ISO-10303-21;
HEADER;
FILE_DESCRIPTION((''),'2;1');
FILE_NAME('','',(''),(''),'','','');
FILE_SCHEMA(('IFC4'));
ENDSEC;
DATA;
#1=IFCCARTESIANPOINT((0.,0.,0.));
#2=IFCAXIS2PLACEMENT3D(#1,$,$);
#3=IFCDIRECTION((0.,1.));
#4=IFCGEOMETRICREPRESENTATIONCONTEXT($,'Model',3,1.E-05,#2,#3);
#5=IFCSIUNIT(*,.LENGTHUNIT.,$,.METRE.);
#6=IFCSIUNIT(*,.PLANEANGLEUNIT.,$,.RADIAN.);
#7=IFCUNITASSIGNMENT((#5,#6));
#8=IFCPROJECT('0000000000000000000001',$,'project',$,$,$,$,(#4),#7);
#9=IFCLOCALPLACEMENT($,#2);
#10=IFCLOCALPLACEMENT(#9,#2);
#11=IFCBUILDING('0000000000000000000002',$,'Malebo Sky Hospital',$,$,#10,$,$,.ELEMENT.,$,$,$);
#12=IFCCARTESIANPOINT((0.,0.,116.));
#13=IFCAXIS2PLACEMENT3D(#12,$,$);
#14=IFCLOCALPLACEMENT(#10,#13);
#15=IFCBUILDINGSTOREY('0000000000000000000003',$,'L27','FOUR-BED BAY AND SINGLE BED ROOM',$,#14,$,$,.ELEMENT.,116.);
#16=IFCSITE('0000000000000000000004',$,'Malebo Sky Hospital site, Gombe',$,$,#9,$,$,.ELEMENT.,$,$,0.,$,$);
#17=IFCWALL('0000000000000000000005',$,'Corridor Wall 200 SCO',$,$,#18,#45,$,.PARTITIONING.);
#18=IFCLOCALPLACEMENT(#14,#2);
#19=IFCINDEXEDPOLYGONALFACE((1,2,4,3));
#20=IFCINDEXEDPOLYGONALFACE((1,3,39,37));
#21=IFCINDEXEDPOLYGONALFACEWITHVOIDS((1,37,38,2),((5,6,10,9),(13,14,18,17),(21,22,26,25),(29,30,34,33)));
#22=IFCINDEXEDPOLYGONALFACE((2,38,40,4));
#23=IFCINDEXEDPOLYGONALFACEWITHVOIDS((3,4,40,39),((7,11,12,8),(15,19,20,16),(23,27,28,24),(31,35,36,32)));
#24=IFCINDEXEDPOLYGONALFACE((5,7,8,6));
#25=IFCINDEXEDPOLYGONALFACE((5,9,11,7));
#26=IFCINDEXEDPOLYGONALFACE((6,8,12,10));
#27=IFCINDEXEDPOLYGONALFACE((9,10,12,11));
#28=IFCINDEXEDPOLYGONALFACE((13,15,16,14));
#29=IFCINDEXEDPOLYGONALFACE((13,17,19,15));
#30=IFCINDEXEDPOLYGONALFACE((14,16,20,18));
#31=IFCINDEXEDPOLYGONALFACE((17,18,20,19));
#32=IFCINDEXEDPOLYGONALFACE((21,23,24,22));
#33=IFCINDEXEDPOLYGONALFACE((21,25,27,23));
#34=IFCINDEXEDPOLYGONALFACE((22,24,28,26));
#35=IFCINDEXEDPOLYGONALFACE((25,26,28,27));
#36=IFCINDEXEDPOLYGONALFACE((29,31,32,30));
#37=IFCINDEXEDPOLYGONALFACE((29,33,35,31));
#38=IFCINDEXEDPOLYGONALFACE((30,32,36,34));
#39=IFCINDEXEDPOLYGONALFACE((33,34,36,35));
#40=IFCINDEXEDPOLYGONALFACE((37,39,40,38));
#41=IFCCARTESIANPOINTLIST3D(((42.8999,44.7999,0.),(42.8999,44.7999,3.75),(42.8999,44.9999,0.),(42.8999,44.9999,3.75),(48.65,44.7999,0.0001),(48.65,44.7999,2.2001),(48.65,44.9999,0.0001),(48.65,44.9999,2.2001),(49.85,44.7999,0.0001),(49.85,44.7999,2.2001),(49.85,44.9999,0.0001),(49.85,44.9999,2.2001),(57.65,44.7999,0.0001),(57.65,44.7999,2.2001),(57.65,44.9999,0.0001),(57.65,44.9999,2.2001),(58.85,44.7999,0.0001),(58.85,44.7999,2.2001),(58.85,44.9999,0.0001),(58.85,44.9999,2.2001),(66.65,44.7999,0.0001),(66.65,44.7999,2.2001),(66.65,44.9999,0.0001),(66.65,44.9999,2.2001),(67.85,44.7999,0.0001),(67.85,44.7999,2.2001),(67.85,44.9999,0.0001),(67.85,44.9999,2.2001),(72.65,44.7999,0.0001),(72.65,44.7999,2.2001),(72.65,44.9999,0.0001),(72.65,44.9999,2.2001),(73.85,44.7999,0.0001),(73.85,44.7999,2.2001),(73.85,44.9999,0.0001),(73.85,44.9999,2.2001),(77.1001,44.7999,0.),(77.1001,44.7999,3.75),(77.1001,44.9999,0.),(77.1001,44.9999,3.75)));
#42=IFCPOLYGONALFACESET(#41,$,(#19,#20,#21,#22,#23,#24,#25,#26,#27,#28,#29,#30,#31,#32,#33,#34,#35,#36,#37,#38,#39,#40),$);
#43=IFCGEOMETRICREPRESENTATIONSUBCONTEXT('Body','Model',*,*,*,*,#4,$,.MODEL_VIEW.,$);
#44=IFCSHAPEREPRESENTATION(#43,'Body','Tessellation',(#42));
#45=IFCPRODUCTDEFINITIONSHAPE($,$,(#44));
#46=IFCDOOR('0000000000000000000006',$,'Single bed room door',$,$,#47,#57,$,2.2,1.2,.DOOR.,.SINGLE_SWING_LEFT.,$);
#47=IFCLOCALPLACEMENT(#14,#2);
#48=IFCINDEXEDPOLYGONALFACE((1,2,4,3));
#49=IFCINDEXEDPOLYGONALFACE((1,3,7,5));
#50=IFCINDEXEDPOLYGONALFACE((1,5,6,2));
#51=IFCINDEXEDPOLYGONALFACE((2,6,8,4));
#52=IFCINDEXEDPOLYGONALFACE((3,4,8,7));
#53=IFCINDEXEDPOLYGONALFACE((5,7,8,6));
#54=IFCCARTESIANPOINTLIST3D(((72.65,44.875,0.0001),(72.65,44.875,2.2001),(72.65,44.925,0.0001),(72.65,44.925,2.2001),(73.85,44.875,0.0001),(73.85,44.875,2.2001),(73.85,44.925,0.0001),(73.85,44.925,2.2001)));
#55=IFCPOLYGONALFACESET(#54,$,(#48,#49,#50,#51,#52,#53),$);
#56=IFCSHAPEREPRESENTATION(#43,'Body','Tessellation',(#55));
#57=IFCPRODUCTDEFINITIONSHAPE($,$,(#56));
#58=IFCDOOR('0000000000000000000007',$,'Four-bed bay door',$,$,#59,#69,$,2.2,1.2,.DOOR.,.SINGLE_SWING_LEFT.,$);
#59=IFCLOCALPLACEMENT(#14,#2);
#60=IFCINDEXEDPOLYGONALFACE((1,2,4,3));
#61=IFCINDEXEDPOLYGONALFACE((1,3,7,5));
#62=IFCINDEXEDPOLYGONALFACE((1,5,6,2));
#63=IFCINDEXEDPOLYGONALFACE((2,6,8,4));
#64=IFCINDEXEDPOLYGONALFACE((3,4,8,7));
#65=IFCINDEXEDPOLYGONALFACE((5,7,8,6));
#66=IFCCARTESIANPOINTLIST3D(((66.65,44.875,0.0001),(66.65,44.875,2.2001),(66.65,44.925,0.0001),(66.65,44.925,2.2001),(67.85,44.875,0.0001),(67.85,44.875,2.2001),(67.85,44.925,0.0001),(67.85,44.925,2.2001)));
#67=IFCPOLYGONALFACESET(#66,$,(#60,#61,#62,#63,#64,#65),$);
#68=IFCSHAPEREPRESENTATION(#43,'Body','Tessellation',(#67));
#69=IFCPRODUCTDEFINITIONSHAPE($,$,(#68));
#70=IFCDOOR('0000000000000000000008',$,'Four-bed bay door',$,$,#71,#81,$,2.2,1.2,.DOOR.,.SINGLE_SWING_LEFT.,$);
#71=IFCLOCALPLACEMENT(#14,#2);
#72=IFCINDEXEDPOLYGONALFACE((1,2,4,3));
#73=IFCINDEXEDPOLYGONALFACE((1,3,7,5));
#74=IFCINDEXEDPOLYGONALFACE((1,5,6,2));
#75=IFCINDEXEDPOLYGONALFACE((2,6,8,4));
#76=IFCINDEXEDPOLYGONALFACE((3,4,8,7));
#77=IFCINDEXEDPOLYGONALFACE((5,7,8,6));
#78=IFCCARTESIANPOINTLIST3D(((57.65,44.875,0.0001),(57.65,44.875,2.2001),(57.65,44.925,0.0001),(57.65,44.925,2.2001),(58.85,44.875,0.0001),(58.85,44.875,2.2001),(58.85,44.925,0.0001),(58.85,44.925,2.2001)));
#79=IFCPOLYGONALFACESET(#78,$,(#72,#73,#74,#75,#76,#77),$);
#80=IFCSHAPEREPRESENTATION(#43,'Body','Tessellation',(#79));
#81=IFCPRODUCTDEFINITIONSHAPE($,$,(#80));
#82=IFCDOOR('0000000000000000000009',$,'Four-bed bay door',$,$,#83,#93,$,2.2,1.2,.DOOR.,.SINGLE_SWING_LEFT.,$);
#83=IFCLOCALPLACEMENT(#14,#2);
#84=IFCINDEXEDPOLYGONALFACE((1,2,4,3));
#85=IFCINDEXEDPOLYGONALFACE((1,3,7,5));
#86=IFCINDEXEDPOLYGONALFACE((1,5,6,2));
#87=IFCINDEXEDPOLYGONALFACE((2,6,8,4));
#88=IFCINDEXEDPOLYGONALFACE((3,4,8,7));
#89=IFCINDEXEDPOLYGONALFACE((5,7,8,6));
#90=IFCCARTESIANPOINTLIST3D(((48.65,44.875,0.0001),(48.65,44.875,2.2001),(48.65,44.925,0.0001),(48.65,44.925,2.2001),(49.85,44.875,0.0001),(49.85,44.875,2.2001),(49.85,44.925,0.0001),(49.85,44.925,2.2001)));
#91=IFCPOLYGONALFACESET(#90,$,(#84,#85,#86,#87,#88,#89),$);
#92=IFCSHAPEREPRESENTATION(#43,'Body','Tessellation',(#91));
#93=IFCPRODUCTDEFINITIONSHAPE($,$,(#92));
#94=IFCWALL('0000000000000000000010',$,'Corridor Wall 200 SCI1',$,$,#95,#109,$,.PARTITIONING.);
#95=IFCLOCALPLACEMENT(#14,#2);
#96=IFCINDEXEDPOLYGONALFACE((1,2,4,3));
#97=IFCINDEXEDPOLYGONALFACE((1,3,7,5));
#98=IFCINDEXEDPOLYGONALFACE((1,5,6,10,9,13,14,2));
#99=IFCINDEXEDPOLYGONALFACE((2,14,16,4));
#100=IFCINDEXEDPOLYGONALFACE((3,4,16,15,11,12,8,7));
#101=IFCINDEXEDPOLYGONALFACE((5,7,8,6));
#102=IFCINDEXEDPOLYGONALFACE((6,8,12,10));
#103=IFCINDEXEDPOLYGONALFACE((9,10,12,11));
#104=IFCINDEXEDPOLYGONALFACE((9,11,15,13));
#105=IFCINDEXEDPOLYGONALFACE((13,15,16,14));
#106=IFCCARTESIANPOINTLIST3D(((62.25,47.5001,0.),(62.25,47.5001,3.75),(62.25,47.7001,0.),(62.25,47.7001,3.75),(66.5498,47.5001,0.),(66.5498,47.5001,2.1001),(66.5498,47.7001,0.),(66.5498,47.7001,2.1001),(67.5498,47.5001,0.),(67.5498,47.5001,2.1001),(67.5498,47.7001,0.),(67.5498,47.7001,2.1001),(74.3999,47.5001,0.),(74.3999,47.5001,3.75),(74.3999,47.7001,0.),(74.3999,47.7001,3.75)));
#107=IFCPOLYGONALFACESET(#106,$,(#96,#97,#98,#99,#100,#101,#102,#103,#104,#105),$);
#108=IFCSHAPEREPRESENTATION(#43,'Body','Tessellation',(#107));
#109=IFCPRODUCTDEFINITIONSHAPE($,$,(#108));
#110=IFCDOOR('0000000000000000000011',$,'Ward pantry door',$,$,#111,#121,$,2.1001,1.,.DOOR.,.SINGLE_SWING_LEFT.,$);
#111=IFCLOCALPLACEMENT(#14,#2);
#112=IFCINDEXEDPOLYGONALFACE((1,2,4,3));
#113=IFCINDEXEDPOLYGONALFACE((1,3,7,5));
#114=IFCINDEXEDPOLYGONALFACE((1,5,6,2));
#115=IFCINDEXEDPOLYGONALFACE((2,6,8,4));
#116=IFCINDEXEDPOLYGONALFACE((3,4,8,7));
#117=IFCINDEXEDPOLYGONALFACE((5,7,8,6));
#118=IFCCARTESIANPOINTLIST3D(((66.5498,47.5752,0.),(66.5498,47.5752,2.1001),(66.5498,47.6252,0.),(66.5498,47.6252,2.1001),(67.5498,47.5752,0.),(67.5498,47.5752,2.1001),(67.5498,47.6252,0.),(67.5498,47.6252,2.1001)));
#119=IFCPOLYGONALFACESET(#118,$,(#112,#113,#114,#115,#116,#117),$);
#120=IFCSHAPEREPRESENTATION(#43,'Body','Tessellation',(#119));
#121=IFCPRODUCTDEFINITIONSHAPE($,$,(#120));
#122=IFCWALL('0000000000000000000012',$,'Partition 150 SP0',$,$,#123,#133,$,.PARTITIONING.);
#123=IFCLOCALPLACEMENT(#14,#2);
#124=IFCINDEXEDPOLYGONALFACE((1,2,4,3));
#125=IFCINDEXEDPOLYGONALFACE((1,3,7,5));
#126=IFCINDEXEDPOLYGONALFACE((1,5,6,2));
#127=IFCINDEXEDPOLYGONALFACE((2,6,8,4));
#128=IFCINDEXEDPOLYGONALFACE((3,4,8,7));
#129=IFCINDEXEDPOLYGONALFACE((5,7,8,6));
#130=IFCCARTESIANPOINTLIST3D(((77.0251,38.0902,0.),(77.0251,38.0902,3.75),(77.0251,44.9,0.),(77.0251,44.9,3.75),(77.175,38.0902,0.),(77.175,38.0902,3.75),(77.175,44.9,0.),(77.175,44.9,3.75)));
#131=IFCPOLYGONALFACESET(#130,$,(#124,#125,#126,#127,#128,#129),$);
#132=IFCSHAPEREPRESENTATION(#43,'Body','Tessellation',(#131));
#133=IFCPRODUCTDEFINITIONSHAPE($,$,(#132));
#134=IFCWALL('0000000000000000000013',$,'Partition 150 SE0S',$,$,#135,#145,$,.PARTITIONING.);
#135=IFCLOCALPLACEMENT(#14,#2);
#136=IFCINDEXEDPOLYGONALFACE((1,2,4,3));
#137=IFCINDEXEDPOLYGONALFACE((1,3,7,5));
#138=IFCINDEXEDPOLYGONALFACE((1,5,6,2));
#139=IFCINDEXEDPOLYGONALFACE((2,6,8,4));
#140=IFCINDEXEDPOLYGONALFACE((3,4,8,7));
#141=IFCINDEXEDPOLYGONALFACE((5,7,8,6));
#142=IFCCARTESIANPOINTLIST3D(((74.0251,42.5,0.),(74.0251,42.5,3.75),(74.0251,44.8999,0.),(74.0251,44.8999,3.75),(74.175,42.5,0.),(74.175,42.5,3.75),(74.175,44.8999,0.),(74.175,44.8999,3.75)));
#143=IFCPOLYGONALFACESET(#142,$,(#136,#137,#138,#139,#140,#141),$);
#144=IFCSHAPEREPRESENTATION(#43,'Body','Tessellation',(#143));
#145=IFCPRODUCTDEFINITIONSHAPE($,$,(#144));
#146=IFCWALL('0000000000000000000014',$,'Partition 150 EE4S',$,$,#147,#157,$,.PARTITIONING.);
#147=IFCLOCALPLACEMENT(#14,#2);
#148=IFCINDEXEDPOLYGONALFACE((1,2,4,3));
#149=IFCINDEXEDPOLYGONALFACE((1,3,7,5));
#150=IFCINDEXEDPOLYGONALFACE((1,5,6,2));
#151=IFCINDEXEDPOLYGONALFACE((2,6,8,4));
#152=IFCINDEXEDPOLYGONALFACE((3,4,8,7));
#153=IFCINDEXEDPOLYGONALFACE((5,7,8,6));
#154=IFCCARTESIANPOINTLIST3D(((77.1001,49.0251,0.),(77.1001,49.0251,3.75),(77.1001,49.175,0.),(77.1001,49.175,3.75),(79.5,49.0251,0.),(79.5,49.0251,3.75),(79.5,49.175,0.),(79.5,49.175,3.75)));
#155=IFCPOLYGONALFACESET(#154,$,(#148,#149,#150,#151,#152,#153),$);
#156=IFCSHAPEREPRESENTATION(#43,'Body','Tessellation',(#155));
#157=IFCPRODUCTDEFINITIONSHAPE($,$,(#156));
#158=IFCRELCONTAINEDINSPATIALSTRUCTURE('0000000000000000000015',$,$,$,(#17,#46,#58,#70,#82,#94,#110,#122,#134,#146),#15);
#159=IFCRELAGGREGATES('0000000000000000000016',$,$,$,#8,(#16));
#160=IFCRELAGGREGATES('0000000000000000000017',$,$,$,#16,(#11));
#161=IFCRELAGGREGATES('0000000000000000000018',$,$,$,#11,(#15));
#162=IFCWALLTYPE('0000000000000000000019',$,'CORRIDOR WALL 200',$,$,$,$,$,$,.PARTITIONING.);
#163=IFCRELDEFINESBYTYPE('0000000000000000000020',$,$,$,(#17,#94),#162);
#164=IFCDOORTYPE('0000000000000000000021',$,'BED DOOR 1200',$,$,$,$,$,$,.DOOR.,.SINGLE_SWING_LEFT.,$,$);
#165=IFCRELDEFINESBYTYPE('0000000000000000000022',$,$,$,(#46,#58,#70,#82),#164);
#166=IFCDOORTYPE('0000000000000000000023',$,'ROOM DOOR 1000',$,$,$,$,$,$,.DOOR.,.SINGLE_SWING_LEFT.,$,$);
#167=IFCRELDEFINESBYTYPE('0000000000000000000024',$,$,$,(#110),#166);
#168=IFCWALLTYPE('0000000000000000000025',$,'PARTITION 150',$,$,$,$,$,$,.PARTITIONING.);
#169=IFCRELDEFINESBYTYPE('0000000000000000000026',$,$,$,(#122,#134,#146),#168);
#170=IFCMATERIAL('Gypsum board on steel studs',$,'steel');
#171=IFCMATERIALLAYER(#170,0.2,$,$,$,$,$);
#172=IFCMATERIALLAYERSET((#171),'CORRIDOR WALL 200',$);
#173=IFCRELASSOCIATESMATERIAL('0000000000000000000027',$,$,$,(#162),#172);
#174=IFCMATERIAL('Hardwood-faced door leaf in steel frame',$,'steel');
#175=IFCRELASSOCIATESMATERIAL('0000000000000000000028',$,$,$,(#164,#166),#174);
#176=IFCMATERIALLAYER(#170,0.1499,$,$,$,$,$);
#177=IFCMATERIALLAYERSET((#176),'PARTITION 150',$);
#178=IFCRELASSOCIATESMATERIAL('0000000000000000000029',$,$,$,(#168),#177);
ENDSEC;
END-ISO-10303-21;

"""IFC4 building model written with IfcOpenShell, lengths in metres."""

from ifc_helpers import new_model, si_unit, direction, frame, frame_2d, origin, place, context, subcontext, project, spatial, rectangle, extrude, material, layer, layer_set, type_object, element, fill, save


model = new_model("IFC4")

# Units and contexts
model_context = context("Model", 3, precision=1e-05, world=origin(), true_north=direction((0.0, 1.0)))
body_context = subcontext(model_context, "Body", "Model", "MODEL_VIEW")
ifc_project = project(units=[si_unit("LENGTHUNIT", "METRE"), si_unit("PLANEANGLEUNIT", "RADIAN")], contexts=[model_context])

# Site, building, storey
site_placement = place(None, origin())
site = spatial("IfcSite", under=ifc_project, at=site_placement, Name="Malebo Sky Hospital site, Gombe", CompositionType="ELEMENT", RefElevation=0.0)
building_placement = place(site_placement, origin())
building = spatial("IfcBuilding", under=site, at=building_placement, Name="Malebo Sky Hospital", CompositionType="ELEMENT")
storey_placement = place(building_placement, frame((0.0, 0.0, 116.0)))
storey = spatial("IfcBuildingStorey", under=building, at=storey_placement, Name="L27", Description="FOUR-BED BAY AND SINGLE BED ROOM", CompositionType="ELEMENT", Elevation=116.0)

# Wall, openings, doors
ifc_material_1 = material(Name="Gypsum board on steel studs", Category="steel")
ifc_layer_1 = layer(ifc_material_1, 0.2)
ifc_layer_set_1 = layer_set([ifc_layer_1], Name="CORRIDOR WALL 200")
wall_type_1 = type_object("IfcWallType", Name="CORRIDOR WALL 200", PredefinedType="PARTITIONING", material=ifc_layer_set_1)
wall_1_placement = place(storey_placement, frame((77.1001, 44.8999, 0.0), z_axis=(0.0, 0.0, 1.0), x_axis=(-1.0, 0.0, 0.0)))
wall_1 = element("IfcWall", 1, at=wall_1_placement, inside=storey, type_object=wall_type_1, Name="Corridor Wall 200 SCO", PredefinedType="PARTITIONING", context=body_context, shape_type="SweptSolid", body=[
    extrude(rectangle(XDim=34.2002, YDim=0.2, at=frame_2d((17.1001, 0.0))), origin(), (0.0, 0.0, 1.0), 3.75),
])
opening_1_placement = place(wall_1_placement, frame((3.25, 0.0, 0.0)))
opening_1 = element("IfcOpeningElement", 2, at=opening_1_placement, cuts=wall_1, PredefinedType="OPENING", context=body_context, shape_type="SweptSolid", body=[
    extrude(rectangle(XDim=1.2, YDim=2.2, at=frame_2d((0.6001, 1.1001))), frame((0.0, 0.1099, 0.0), z_axis=(0.0, -1.0, 0.0), x_axis=(1.0, 0.0, 0.0)), (0.0, 0.0, 1.0), 0.22),
])
opening_2_placement = place(wall_1_placement, frame((9.25, 0.0, 0.0)))
opening_2 = element("IfcOpeningElement", 3, at=opening_2_placement, cuts=wall_1, PredefinedType="OPENING", context=body_context, shape_type="SweptSolid", body=[
    extrude(rectangle(XDim=1.2, YDim=2.2, at=frame_2d((0.6001, 1.1001))), frame((0.0, 0.1099, 0.0), z_axis=(0.0, -1.0, 0.0), x_axis=(1.0, 0.0, 0.0)), (0.0, 0.0, 1.0), 0.22),
])
opening_3_placement = place(wall_1_placement, frame((18.25, 0.0, 0.0)))
opening_3 = element("IfcOpeningElement", 4, at=opening_3_placement, cuts=wall_1, PredefinedType="OPENING", context=body_context, shape_type="SweptSolid", body=[
    extrude(rectangle(XDim=1.2, YDim=2.2, at=frame_2d((0.6001, 1.1001))), frame((0.0, 0.1099, 0.0), z_axis=(0.0, -1.0, 0.0), x_axis=(1.0, 0.0, 0.0)), (0.0, 0.0, 1.0), 0.22),
])
opening_4_placement = place(wall_1_placement, frame((27.25, 0.0, 0.0)))
opening_4 = element("IfcOpeningElement", 5, at=opening_4_placement, cuts=wall_1, PredefinedType="OPENING", context=body_context, shape_type="SweptSolid", body=[
    extrude(rectangle(XDim=1.2, YDim=2.2, at=frame_2d((0.6001, 1.1001))), frame((0.0, 0.1099, 0.0), z_axis=(0.0, -1.0, 0.0), x_axis=(1.0, 0.0, 0.0)), (0.0, 0.0, 1.0), 0.22),
])
ifc_material_2 = material(Name="Hardwood-faced door leaf in steel frame", Category="steel")
door_type_1 = type_object("IfcDoorType", Name="BED DOOR 1200", OperationType="SINGLE_SWING_LEFT", PredefinedType="DOOR", material=ifc_material_2)
door_1_placement = place(opening_1_placement, origin())
door_1 = element("IfcDoor", 6, at=door_1_placement, inside=storey, type_object=door_type_1, Name="Single bed room door", OperationType="SINGLE_SWING_LEFT", OverallHeight=2.2, OverallWidth=1.2, PredefinedType="DOOR", context=body_context, shape_type="SweptSolid", body=[
    extrude(rectangle(XDim=1.2, YDim=2.2, at=frame_2d((0.6001, 1.1001))), frame((0.0, 0.0249, 0.0), z_axis=(0.0, -1.0, 0.0), x_axis=(1.0, 0.0, 0.0)), (0.0, 0.0, 1.0), 0.05),
])
fill(opening_1, door_1)
door_2_placement = place(opening_2_placement, origin())
door_2 = element("IfcDoor", 7, at=door_2_placement, inside=storey, type_object=door_type_1, Name="Four-bed bay door", OperationType="SINGLE_SWING_LEFT", OverallHeight=2.2, OverallWidth=1.2, PredefinedType="DOOR", context=body_context, shape_type="SweptSolid", body=[
    extrude(rectangle(XDim=1.2, YDim=2.2, at=frame_2d((0.6001, 1.1001))), frame((0.0, 0.0249, 0.0), z_axis=(0.0, -1.0, 0.0), x_axis=(1.0, 0.0, 0.0)), (0.0, 0.0, 1.0), 0.05),
])
fill(opening_2, door_2)
door_3_placement = place(opening_3_placement, origin())
door_3 = element("IfcDoor", 8, at=door_3_placement, inside=storey, type_object=door_type_1, Name="Four-bed bay door", OperationType="SINGLE_SWING_LEFT", OverallHeight=2.2, OverallWidth=1.2, PredefinedType="DOOR", context=body_context, shape_type="SweptSolid", body=[
    extrude(rectangle(XDim=1.2, YDim=2.2, at=frame_2d((0.6001, 1.1001))), frame((0.0, 0.0249, 0.0), z_axis=(0.0, -1.0, 0.0), x_axis=(1.0, 0.0, 0.0)), (0.0, 0.0, 1.0), 0.05),
])
fill(opening_3, door_3)
door_4_placement = place(opening_4_placement, origin())
door_4 = element("IfcDoor", 9, at=door_4_placement, inside=storey, type_object=door_type_1, Name="Four-bed bay door", OperationType="SINGLE_SWING_LEFT", OverallHeight=2.2, OverallWidth=1.2, PredefinedType="DOOR", context=body_context, shape_type="SweptSolid", body=[
    extrude(rectangle(XDim=1.2, YDim=2.2, at=frame_2d((0.6001, 1.1001))), frame((0.0, 0.0249, 0.0), z_axis=(0.0, -1.0, 0.0), x_axis=(1.0, 0.0, 0.0)), (0.0, 0.0, 1.0), 0.05),
])
fill(opening_4, door_4)

# Wall, opening, door
wall_2_placement = place(storey_placement, frame((74.3999, 47.6001, 0.0), z_axis=(0.0, 0.0, 1.0), x_axis=(-1.0, 0.0, 0.0)))
wall_2 = element("IfcWall", 10, at=wall_2_placement, inside=storey, type_object=wall_type_1, Name="Corridor Wall 200 SCI1", PredefinedType="PARTITIONING", context=body_context, shape_type="SweptSolid", body=[
    extrude(rectangle(XDim=12.1499, YDim=0.2, at=frame_2d((6.075, 0.0))), origin(), (0.0, 0.0, 1.0), 3.75),
])
opening_5_placement = place(wall_2_placement, frame((6.8501, 0.0, 0.0)))
opening_5 = element("IfcOpeningElement", 11, at=opening_5_placement, cuts=wall_2, PredefinedType="OPENING", context=body_context, shape_type="SweptSolid", body=[
    extrude(rectangle(XDim=1.0, YDim=2.1001, at=frame_2d((0.5, 1.05))), frame((0.0, 0.1099, 0.0), z_axis=(0.0, -1.0, 0.0), x_axis=(1.0, 0.0, 0.0)), (0.0, 0.0, 1.0), 0.22),
])
door_type_2 = type_object("IfcDoorType", Name="ROOM DOOR 1000", OperationType="SINGLE_SWING_LEFT", PredefinedType="DOOR", material=ifc_material_2)
door_5_placement = place(opening_5_placement, origin())
door_5 = element("IfcDoor", 12, at=door_5_placement, inside=storey, type_object=door_type_2, Name="Ward pantry door", OperationType="SINGLE_SWING_LEFT", OverallHeight=2.1001, OverallWidth=1.0, PredefinedType="DOOR", context=body_context, shape_type="SweptSolid", body=[
    extrude(rectangle(XDim=1.0, YDim=2.1001, at=frame_2d((0.5, 1.05))), frame((0.0, 0.0249, 0.0), z_axis=(0.0, -1.0, 0.0), x_axis=(1.0, 0.0, 0.0)), (0.0, 0.0, 1.0), 0.05),
])
fill(opening_5, door_5)

# Walls
ifc_layer_2 = layer(ifc_material_1, 0.1499)
ifc_layer_set_2 = layer_set([ifc_layer_2], Name="PARTITION 150")
wall_type_2 = type_object("IfcWallType", Name="PARTITION 150", PredefinedType="PARTITIONING", material=ifc_layer_set_2)
wall_3_placement = place(storey_placement, frame((77.1001, 44.8999, 0.0), z_axis=(0.0, 0.0, 1.0), x_axis=(0.0, -1.0, 0.0)))
element("IfcWall", 13, at=wall_3_placement, inside=storey, type_object=wall_type_2, Name="Partition 150 SP0", PredefinedType="PARTITIONING", context=body_context, shape_type="SweptSolid", body=[
    extrude(rectangle(XDim=6.8098, YDim=0.1499, at=frame_2d((3.4048, 0.0))), origin(), (0.0, 0.0, 1.0), 3.75),
])
for number, where, z_axis, x_axis, name in (
    (14, (74.1001, 44.8999, 0.0), (0.0, 0.0, 1.0), (0.0, -1.0, 0.0), "Partition 150 SE0S"),
    (15, (77.1001, 49.1001, 0.0), (0.0, 0.0, 1.0), (1.0, 0.0, 0.0), "Partition 150 EE4S"),
):
    element("IfcWall", number, at=place(storey_placement, frame(where, z_axis=z_axis, x_axis=x_axis)), inside=storey, type_object=wall_type_2, Name=name, PredefinedType="PARTITIONING", context=body_context, shape_type="SweptSolid", body=[
        extrude(rectangle(XDim=2.3999, YDim=0.1499, at=frame_2d((1.2, 0.0))), origin(), (0.0, 0.0, 1.0), 3.75),
    ])

save(model, "model.ifc")
